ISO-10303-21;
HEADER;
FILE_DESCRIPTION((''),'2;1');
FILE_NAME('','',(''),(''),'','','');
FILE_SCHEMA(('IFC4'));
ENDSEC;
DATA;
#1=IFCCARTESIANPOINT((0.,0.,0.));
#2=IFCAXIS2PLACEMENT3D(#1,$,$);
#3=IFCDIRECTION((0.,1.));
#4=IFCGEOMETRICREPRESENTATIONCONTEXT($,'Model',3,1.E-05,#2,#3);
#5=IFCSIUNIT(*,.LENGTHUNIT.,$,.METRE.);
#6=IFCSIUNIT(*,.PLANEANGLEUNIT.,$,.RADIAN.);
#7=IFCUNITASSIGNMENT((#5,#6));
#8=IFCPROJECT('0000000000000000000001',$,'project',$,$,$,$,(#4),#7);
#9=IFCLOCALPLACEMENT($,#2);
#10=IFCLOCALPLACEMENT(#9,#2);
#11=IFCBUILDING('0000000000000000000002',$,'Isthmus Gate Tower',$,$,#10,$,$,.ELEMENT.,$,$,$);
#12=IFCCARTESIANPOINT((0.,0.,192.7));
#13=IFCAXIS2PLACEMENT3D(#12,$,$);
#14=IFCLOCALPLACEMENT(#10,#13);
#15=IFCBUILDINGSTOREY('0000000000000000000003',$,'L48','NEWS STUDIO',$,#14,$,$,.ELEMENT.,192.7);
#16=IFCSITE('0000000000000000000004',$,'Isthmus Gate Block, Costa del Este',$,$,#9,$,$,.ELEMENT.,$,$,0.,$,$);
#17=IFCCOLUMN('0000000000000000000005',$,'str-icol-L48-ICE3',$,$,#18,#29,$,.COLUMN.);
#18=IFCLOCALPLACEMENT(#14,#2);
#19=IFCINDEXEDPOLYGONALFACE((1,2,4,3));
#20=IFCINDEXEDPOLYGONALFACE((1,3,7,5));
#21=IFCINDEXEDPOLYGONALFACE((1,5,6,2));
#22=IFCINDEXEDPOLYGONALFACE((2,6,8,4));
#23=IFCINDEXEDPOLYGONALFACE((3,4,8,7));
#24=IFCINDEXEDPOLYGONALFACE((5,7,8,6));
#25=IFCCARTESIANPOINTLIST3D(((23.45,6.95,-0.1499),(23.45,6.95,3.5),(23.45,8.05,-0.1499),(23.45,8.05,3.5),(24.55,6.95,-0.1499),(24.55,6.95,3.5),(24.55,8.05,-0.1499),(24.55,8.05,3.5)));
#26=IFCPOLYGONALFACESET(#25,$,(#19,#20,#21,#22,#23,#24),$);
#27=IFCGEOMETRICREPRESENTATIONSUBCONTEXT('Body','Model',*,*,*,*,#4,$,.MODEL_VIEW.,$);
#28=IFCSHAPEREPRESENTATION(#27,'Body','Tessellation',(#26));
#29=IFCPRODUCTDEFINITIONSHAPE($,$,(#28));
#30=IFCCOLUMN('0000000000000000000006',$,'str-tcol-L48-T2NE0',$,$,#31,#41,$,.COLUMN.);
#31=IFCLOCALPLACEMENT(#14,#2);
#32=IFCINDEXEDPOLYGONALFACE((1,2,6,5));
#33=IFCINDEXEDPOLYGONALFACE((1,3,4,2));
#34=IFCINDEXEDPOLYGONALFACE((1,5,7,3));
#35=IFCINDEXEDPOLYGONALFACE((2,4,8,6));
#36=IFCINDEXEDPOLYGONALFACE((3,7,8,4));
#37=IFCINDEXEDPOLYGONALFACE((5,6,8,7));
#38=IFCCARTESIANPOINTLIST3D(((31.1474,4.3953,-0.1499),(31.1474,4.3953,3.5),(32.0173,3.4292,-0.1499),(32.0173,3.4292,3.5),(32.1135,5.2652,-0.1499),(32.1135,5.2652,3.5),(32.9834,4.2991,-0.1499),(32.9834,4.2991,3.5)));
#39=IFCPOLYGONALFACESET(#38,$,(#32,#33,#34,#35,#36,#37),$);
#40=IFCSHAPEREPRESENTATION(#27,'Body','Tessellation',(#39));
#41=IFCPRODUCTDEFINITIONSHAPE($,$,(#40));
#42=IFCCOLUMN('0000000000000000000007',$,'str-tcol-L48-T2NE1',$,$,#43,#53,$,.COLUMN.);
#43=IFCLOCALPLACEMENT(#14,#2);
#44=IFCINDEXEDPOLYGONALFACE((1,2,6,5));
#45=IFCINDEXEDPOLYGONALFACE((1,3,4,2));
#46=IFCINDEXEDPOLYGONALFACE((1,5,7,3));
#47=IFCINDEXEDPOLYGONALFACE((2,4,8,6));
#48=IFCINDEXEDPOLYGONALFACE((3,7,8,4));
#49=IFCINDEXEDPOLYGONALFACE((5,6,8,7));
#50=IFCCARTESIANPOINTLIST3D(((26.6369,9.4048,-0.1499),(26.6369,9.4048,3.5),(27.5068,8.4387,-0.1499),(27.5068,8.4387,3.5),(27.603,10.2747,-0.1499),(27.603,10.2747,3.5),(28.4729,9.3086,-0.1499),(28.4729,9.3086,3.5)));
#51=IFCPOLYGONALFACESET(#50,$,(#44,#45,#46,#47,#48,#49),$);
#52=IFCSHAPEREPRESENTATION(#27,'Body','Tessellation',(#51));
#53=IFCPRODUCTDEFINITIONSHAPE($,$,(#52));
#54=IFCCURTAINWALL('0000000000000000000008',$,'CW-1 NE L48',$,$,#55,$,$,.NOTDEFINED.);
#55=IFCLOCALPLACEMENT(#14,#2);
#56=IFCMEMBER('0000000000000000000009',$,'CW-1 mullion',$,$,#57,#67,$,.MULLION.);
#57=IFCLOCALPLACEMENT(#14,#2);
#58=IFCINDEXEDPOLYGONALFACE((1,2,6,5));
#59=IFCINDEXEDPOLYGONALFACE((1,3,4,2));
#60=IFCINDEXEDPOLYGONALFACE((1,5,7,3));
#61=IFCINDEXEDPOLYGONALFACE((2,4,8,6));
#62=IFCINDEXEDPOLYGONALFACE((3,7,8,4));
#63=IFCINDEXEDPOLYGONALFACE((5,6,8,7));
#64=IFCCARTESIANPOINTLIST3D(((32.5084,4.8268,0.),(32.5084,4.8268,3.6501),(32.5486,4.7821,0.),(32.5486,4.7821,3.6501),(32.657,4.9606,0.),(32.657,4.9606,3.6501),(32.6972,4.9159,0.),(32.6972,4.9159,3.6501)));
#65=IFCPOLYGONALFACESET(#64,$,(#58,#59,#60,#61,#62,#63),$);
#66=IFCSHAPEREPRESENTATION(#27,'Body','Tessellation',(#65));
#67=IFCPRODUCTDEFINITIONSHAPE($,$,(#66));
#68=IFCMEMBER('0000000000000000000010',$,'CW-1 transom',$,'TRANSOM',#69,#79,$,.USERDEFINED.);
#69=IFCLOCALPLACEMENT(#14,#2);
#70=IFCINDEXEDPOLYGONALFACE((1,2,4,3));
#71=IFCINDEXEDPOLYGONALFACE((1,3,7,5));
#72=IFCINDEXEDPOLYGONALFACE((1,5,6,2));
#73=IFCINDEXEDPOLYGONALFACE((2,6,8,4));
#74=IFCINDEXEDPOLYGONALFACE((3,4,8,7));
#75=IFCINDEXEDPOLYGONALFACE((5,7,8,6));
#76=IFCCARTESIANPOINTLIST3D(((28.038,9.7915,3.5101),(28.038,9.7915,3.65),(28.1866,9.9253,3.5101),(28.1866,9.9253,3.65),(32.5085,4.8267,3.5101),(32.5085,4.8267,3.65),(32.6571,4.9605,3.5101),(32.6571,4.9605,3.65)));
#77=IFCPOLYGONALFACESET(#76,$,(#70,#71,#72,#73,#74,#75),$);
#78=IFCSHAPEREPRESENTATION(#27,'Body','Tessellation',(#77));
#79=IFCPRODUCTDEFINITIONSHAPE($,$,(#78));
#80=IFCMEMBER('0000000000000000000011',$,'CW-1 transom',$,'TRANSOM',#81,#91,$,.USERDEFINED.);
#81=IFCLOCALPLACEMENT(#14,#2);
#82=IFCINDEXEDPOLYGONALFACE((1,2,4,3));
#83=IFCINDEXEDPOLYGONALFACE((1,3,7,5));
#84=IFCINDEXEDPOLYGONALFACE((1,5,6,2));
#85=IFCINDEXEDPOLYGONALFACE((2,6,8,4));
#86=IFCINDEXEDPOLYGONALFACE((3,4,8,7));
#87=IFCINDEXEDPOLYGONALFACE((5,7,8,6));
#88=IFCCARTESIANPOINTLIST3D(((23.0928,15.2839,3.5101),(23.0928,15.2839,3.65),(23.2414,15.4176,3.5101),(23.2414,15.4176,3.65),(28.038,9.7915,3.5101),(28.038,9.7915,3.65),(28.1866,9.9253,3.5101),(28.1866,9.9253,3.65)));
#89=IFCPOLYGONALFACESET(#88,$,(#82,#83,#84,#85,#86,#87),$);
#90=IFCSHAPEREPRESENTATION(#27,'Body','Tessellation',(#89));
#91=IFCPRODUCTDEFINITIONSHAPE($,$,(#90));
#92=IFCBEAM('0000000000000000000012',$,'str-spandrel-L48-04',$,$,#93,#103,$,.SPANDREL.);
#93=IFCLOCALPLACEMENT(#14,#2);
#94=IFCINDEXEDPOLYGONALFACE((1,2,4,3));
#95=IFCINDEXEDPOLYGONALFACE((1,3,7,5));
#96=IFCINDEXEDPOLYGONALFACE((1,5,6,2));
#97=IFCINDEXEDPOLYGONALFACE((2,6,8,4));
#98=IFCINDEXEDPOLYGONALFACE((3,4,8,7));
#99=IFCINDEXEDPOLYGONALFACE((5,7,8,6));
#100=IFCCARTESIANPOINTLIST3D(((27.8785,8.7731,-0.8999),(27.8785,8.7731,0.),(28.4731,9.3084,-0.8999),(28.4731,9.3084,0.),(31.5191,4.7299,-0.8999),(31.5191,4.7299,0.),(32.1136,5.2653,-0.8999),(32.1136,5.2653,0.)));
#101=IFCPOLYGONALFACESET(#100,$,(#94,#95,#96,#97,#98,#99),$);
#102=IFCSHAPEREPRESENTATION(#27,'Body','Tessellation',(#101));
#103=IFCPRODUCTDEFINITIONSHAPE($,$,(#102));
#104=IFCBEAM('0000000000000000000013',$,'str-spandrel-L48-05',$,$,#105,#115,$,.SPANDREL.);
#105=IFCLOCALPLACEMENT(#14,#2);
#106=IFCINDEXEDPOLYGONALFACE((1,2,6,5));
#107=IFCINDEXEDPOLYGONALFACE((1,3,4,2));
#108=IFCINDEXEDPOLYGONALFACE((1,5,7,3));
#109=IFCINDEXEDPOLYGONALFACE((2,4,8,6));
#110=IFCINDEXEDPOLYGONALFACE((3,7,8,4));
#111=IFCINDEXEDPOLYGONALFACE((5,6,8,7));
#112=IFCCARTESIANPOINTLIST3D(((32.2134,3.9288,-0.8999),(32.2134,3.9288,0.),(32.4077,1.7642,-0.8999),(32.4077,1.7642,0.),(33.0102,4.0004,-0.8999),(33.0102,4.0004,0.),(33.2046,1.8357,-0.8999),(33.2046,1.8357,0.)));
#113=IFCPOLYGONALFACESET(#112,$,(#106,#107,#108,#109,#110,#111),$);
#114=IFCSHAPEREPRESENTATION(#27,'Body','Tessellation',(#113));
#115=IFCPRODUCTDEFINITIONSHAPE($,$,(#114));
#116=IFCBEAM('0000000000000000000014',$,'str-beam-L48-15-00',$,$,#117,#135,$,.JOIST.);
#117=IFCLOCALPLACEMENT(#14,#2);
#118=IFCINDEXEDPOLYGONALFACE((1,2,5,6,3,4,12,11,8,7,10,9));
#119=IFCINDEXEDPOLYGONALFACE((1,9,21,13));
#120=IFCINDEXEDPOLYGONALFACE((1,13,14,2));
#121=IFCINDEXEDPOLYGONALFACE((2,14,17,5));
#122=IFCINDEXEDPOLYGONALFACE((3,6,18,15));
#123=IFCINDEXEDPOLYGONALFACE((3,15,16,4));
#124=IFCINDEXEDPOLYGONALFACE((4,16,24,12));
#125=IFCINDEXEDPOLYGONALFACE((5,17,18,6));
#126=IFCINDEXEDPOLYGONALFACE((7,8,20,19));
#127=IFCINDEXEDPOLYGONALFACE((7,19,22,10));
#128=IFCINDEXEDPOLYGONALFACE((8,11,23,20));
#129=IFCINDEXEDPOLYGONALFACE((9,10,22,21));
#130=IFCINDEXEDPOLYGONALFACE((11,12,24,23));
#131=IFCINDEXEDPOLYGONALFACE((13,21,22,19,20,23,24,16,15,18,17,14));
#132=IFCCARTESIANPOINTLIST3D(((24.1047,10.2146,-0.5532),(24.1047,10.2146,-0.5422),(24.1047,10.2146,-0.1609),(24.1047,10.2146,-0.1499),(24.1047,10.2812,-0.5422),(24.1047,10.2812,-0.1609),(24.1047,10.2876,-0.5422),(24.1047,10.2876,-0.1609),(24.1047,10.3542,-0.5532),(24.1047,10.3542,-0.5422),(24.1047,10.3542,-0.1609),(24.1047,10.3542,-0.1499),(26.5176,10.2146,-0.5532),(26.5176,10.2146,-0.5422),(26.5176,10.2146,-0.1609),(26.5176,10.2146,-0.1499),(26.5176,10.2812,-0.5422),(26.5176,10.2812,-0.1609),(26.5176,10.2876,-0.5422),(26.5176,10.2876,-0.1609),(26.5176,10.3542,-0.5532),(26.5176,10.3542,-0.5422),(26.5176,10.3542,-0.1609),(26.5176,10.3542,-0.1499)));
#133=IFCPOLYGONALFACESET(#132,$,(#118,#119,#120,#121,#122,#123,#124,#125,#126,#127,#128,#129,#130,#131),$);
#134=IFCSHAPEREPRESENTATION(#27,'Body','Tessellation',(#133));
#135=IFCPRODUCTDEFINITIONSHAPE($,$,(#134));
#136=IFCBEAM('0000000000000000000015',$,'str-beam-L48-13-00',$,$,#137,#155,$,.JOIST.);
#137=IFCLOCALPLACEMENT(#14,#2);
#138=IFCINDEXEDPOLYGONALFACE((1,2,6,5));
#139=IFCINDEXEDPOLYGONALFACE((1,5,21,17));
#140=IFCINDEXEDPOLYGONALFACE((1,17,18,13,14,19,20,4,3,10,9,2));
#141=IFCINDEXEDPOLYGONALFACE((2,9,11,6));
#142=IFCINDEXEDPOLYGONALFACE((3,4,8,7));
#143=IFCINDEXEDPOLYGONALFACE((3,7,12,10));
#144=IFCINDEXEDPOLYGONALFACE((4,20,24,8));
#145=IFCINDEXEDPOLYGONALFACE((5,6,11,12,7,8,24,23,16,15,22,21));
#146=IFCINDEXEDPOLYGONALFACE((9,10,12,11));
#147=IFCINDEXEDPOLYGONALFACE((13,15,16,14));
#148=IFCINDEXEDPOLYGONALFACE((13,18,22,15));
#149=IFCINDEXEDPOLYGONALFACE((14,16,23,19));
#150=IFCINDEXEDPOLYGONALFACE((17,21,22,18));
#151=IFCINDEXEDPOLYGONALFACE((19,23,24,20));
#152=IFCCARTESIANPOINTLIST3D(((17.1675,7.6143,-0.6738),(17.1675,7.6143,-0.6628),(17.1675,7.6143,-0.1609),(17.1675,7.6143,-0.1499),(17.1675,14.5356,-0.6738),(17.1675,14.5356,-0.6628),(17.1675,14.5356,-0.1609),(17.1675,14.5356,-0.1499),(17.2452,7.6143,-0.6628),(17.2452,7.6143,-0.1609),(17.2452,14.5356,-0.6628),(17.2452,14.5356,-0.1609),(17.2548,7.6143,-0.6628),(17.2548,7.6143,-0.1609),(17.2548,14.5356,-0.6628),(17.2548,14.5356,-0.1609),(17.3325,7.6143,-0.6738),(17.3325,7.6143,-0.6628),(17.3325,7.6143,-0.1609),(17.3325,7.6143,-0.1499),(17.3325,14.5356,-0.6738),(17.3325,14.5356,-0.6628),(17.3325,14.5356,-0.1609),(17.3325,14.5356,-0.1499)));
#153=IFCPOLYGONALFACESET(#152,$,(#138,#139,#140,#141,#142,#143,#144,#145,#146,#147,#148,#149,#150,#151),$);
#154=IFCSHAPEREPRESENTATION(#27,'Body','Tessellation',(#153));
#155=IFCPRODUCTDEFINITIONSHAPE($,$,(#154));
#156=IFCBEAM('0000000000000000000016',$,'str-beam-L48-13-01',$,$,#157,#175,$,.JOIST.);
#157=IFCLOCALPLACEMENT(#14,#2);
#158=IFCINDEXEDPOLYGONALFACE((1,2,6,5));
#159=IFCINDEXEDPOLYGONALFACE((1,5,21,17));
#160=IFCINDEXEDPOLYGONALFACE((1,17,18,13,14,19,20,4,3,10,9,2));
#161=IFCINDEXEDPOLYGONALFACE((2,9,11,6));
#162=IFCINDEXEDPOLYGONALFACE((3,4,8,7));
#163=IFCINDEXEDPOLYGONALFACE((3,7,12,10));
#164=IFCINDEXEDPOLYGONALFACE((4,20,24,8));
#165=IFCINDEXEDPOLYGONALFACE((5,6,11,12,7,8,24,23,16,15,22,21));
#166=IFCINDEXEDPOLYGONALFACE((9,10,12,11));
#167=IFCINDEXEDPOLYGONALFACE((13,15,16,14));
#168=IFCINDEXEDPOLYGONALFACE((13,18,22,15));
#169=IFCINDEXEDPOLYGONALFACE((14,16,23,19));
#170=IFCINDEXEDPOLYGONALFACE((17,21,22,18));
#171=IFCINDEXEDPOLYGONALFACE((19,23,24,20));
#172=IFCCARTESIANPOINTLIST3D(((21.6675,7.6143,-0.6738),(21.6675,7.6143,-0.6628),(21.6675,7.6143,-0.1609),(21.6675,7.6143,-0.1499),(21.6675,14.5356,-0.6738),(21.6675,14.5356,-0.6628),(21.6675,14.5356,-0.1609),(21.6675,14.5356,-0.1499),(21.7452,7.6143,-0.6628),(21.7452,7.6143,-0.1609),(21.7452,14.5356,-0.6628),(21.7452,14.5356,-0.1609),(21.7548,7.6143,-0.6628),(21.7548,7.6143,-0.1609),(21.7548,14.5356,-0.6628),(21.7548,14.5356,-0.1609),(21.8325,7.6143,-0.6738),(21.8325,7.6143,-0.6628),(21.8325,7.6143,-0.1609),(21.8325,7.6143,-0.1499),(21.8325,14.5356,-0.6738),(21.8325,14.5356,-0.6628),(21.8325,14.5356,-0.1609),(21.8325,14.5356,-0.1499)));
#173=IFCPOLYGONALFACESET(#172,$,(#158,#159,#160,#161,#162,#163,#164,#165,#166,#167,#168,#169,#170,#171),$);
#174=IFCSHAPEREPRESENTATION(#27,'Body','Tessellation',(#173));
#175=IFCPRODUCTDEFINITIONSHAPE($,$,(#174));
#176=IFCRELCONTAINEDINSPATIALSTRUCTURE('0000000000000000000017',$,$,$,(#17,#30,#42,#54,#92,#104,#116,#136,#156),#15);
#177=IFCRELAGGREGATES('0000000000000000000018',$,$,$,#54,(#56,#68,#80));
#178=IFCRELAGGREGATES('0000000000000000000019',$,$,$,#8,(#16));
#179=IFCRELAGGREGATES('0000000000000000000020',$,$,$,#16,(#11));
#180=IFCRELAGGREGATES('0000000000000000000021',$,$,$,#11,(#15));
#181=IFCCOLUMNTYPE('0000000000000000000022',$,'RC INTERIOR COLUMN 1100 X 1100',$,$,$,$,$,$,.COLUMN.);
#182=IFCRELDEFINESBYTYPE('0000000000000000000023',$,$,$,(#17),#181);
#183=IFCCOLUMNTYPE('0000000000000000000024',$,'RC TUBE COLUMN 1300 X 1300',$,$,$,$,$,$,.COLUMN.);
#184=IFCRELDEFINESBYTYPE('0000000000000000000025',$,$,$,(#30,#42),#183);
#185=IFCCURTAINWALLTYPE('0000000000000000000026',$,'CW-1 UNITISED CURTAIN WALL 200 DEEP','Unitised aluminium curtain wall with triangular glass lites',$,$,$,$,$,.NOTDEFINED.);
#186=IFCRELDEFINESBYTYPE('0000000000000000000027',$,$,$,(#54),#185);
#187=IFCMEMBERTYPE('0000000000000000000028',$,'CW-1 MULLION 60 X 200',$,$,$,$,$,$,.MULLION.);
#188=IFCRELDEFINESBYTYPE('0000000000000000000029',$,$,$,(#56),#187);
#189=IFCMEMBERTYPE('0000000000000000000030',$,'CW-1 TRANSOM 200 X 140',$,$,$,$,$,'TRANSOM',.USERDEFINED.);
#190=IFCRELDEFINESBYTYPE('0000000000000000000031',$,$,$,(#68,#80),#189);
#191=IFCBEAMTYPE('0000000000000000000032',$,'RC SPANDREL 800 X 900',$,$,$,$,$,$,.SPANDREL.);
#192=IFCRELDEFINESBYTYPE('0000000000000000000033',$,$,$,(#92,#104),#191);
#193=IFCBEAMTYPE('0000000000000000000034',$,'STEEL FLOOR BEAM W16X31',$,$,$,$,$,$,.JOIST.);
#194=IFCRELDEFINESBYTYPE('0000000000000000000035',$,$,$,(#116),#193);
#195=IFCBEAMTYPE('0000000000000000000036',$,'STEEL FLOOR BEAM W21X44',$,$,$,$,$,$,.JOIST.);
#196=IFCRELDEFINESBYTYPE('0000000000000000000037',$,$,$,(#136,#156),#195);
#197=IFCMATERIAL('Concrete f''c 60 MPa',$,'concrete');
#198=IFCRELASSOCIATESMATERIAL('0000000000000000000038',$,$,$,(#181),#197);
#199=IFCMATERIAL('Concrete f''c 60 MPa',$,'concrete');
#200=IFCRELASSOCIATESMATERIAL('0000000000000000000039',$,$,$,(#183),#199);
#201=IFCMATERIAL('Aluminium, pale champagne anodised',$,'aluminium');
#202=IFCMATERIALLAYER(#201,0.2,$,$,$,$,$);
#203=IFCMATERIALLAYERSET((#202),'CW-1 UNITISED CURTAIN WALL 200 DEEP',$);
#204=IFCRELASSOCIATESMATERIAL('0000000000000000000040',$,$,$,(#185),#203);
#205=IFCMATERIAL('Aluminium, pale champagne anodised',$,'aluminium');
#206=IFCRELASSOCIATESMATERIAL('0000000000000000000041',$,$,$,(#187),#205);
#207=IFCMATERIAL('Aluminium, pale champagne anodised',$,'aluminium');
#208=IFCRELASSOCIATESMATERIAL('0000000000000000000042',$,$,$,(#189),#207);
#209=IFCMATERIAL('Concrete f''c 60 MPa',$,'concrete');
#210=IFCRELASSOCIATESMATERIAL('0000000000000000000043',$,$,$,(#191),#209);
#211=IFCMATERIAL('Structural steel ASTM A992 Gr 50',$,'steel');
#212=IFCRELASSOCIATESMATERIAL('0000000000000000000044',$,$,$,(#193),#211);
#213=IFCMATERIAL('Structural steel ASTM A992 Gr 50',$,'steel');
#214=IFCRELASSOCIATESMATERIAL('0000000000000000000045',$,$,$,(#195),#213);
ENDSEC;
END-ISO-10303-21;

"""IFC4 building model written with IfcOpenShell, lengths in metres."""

from ifc_helpers import new_model, si_unit, direction, frame, origin, origin_2d, place, context, subcontext, project, spatial, rectangle, i_section, extrude, material, layer, layer_set, material_profile, profile_set, type_object, element, aggregate, save


model = new_model("IFC4")

# Units and contexts
model_context = context("Model", 3, precision=1e-05, world=origin(), true_north=direction((0.0, 1.0)))
body_context = subcontext(model_context, "Body", "Model", "MODEL_VIEW")
ifc_project = project(units=[si_unit("LENGTHUNIT", "METRE"), si_unit("PLANEANGLEUNIT", "RADIAN")], contexts=[model_context])

# Site, building, storey
site_placement = place(None, origin())
site = spatial("IfcSite", under=ifc_project, at=site_placement, Name="Isthmus Gate Block, Costa del Este", CompositionType="ELEMENT", RefElevation=0.0)
building_placement = place(site_placement, origin())
building = spatial("IfcBuilding", under=site, at=building_placement, Name="Isthmus Gate Tower", CompositionType="ELEMENT")
storey_placement = place(building_placement, frame((0.0, 0.0, 192.7)))
storey = spatial("IfcBuildingStorey", under=building, at=storey_placement, Name="L48", Description="NEWS STUDIO", CompositionType="ELEMENT", Elevation=192.7)

# Columns
ifc_material_1 = material(Name="Concrete f'c 60 MPa", Category="concrete")
ifc_material_profile_1 = material_profile(ifc_material_1, rectangle(XDim=1.1001, YDim=1.1001, at=origin_2d()), Name="RC 1100X1100")
ifc_profile_set_1 = profile_set([ifc_material_profile_1], Name="Concrete f'c 60 MPa")
column_type_1 = type_object("IfcColumnType", Name="RC INTERIOR COLUMN 1100 X 1100", PredefinedType="COLUMN", material=ifc_profile_set_1)
column_placement = place(storey_placement, frame((24.0, 7.5, -0.1499), z_axis=(0.0, 0.0, 1.0), x_axis=(1.0, 0.0, 0.0)))
element("IfcColumn", 1, at=column_placement, inside=storey, type_object=column_type_1, Name="str-icol-L48-ICE3", PredefinedType="COLUMN", context=body_context, shape_type="SweptSolid", body=[
    extrude(rectangle(XDim=1.1001, YDim=1.1001, at=origin_2d()), origin(), (0.0, 0.0, 1.0), 3.6499),
])
ifc_material_2 = material(Name="Concrete f'c 60 MPa", Category="concrete")
ifc_material_profile_2 = material_profile(ifc_material_2, rectangle(XDim=1.3, YDim=1.3, at=origin_2d()), Name="RC 1300X1300")
ifc_profile_set_2 = profile_set([ifc_material_profile_2], Name="Concrete f'c 60 MPa")
column_type_2 = type_object("IfcColumnType", Name="RC TUBE COLUMN 1300 X 1300", PredefinedType="COLUMN", material=ifc_profile_set_2)
for number, where, z_axis, x_axis, name in (
    (2, (32.0654, 4.3472, -0.1499), (0.0, 0.0, 1.0), (-0.669131, 0.743145, 0.0), "str-tcol-L48-T2NE0"),
    (3, (27.5549, 9.3567, -0.1499), (0.0, 0.0, 1.0), (-0.669131, 0.743145, 0.0), "str-tcol-L48-T2NE1"),
):
    element("IfcColumn", number, at=place(storey_placement, frame(where, z_axis=z_axis, x_axis=x_axis)), inside=storey, type_object=column_type_2, Name=name, PredefinedType="COLUMN", context=body_context, shape_type="SweptSolid", body=[
        extrude(rectangle(XDim=1.3, YDim=1.3, at=origin_2d()), origin(), (0.0, 0.0, 1.0), 3.6499),
    ])

# Curtain wall, members
ifc_material_3 = material(Name="Aluminium, pale champagne anodised", Category="aluminium")
ifc_layer_1 = layer(ifc_material_3, 0.2)
ifc_layer_set_1 = layer_set([ifc_layer_1], Name="CW-1 UNITISED CURTAIN WALL 200 DEEP")
curtain_wall_type = type_object("IfcCurtainWallType", Name="CW-1 UNITISED CURTAIN WALL 200 DEEP", Description="Unitised aluminium curtain wall with triangular glass lites", PredefinedType="NOTDEFINED", material=ifc_layer_set_1)
curtain_wall_placement = place(storey_placement, origin())
curtain_wall = element("IfcCurtainWall", 4, at=curtain_wall_placement, inside=storey, type_object=curtain_wall_type, Name="CW-1 NE L48", PredefinedType="NOTDEFINED")
ifc_material_4 = material(Name="Aluminium, pale champagne anodised", Category="aluminium")
ifc_material_profile_3 = material_profile(ifc_material_4, rectangle(XDim=0.0601, YDim=0.2, at=origin_2d()), Name="60x200")
ifc_profile_set_3 = profile_set([ifc_material_profile_3], Name="Aluminium, pale champagne anodised")
member_type_1 = type_object("IfcMemberType", Name="CW-1 MULLION 60 X 200", PredefinedType="MULLION", material=ifc_profile_set_3)
member_1_placement = place(storey_placement, frame((32.6028, 4.8713, 0.0), z_axis=(0.0, 0.0, 1.0), x_axis=(-0.669131, 0.743145, 0.0)))
member_1 = element("IfcMember", 5, at=member_1_placement, type_object=member_type_1, Name="CW-1 mullion", PredefinedType="MULLION", context=body_context, shape_type="SweptSolid", body=[
    extrude(rectangle(XDim=0.0601, YDim=0.2, at=origin_2d()), origin(), (0.0, 0.0, 1.0), 3.6501),
])
ifc_material_5 = material(Name="Aluminium, pale champagne anodised", Category="aluminium")
ifc_material_profile_4 = material_profile(ifc_material_5, rectangle(XDim=0.2, YDim=0.1399, at=origin_2d()), Name="200x140")
ifc_profile_set_4 = profile_set([ifc_material_profile_4], Name="Aluminium, pale champagne anodised")
member_type_2 = type_object("IfcMemberType", Name="CW-1 TRANSOM 200 X 140", ElementType="TRANSOM", PredefinedType="USERDEFINED", material=ifc_profile_set_4)
member_2_placement = place(storey_placement, frame((32.5828, 4.8936, 3.5801), z_axis=(-0.669138, 0.743138, 0.0), x_axis=(-0.743138, -0.669138, 0.0)))
member_2 = element("IfcMember", 6, at=member_2_placement, type_object=member_type_2, Name="CW-1 transom", ObjectType="TRANSOM", PredefinedType="USERDEFINED", context=body_context, shape_type="SweptSolid", body=[
    extrude(rectangle(XDim=0.2, YDim=0.1399, at=origin_2d()), origin(), (0.0, 0.0, 1.0), 6.6809),
])
member_3_placement = place(storey_placement, frame((28.1123, 9.8584, 3.5801), z_axis=(-0.669123, 0.743151, 0.0), x_axis=(-0.743151, -0.669123, 0.0)))
member_3 = element("IfcMember", 7, at=member_3_placement, type_object=member_type_2, Name="CW-1 transom", ObjectType="TRANSOM", PredefinedType="USERDEFINED", context=body_context, shape_type="SweptSolid", body=[
    extrude(rectangle(XDim=0.2, YDim=0.1399, at=origin_2d()), origin(), (0.0, 0.0, 1.0), 7.3906),
])

# Beams
ifc_material_6 = material(Name="Concrete f'c 60 MPa", Category="concrete")
ifc_material_profile_5 = material_profile(ifc_material_6, rectangle(XDim=0.8, YDim=0.8999, at=origin_2d()), Name="RC 800X900")
ifc_profile_set_5 = profile_set([ifc_material_profile_5], Name="Concrete f'c 60 MPa")
beam_type_1 = type_object("IfcBeamType", Name="RC SPANDREL 800 X 900", PredefinedType="SPANDREL", material=ifc_profile_set_5)
beam_1_placement = place(storey_placement, frame((28.1758, 9.0408, -0.45), z_axis=(0.669141, -0.743136, 0.0), x_axis=(0.743136, 0.669141, 0.0)))
element("IfcBeam", 8, at=beam_1_placement, inside=storey, type_object=beam_type_1, Name="str-spandrel-L48-04", PredefinedType="SPANDREL", context=body_context, shape_type="SweptSolid", body=[
    extrude(rectangle(XDim=0.8, YDim=0.8999, at=origin_2d()), origin(), (0.0, 0.0, 1.0), 5.4407),
])
beam_2_placement = place(storey_placement, frame((32.6118, 3.9646, -0.45), z_axis=(0.089422, -0.995994, 0.0), x_axis=(0.995994, 0.089422, 0.0)))
element("IfcBeam", 9, at=beam_2_placement, inside=storey, type_object=beam_type_1, Name="str-spandrel-L48-05", PredefinedType="SPANDREL", context=body_context, shape_type="SweptSolid", body=[
    extrude(rectangle(XDim=0.8, YDim=0.8999, at=origin_2d()), origin(), (0.0, 0.0, 1.0), 2.1733),
])
ifc_material_7 = material(Name="Structural steel ASTM A992 Gr 50", Category="steel")
ifc_material_profile_6 = material_profile(ifc_material_7, i_section(OverallWidth=0.1396, OverallDepth=0.4033, WebThickness=0.0063, FlangeThickness=0.011, at=origin_2d()), Name="W16X31")
ifc_profile_set_6 = profile_set([ifc_material_profile_6], Name="Structural steel ASTM A992 Gr 50")
beam_type_2 = type_object("IfcBeamType", Name="STEEL FLOOR BEAM W16X31", PredefinedType="JOIST", material=ifc_profile_set_6)
beam_3_placement = place(storey_placement, frame((24.1047, 10.2844, -0.3516), z_axis=(1.0, 0.0, 0.0), x_axis=(0.0, 1.0, 0.0)))
element("IfcBeam", 10, at=beam_3_placement, inside=storey, type_object=beam_type_2, Name="str-beam-L48-15-00", PredefinedType="JOIST", context=body_context, shape_type="SweptSolid", body=[
    extrude(i_section(OverallWidth=0.1396, OverallDepth=0.4033, WebThickness=0.0063, FlangeThickness=0.011, at=origin_2d()), origin(), (0.0, 0.0, 1.0), 2.4128),
])
ifc_material_8 = material(Name="Structural steel ASTM A992 Gr 50", Category="steel")
ifc_material_profile_7 = material_profile(ifc_material_8, i_section(OverallWidth=0.165, OverallDepth=0.5239, WebThickness=0.0095, FlangeThickness=0.011, at=origin_2d()), Name="W21X44")
ifc_profile_set_7 = profile_set([ifc_material_profile_7], Name="Structural steel ASTM A992 Gr 50")
beam_type_3 = type_object("IfcBeamType", Name="STEEL FLOOR BEAM W21X44", PredefinedType="JOIST", material=ifc_profile_set_7)
for number, where, z_axis, x_axis, name in (
    (11, (17.25, 7.6143, -0.4119), (0.0, 1.0, 0.0), (-1.0, 0.0, 0.0), "str-beam-L48-13-00"),
    (12, (21.75, 7.6143, -0.4119), (0.0, 1.0, 0.0), (-1.0, 0.0, 0.0), "str-beam-L48-13-01"),
):
    element("IfcBeam", number, at=place(storey_placement, frame(where, z_axis=z_axis, x_axis=x_axis)), inside=storey, type_object=beam_type_3, Name=name, PredefinedType="JOIST", context=body_context, shape_type="SweptSolid", body=[
        extrude(i_section(OverallWidth=0.165, OverallDepth=0.5239, WebThickness=0.0095, FlangeThickness=0.011, at=origin_2d()), origin(), (0.0, 0.0, 1.0), 6.9214),
    ])

aggregate(curtain_wall, [member_1, member_2, member_3])

save(model, "model.ifc")
